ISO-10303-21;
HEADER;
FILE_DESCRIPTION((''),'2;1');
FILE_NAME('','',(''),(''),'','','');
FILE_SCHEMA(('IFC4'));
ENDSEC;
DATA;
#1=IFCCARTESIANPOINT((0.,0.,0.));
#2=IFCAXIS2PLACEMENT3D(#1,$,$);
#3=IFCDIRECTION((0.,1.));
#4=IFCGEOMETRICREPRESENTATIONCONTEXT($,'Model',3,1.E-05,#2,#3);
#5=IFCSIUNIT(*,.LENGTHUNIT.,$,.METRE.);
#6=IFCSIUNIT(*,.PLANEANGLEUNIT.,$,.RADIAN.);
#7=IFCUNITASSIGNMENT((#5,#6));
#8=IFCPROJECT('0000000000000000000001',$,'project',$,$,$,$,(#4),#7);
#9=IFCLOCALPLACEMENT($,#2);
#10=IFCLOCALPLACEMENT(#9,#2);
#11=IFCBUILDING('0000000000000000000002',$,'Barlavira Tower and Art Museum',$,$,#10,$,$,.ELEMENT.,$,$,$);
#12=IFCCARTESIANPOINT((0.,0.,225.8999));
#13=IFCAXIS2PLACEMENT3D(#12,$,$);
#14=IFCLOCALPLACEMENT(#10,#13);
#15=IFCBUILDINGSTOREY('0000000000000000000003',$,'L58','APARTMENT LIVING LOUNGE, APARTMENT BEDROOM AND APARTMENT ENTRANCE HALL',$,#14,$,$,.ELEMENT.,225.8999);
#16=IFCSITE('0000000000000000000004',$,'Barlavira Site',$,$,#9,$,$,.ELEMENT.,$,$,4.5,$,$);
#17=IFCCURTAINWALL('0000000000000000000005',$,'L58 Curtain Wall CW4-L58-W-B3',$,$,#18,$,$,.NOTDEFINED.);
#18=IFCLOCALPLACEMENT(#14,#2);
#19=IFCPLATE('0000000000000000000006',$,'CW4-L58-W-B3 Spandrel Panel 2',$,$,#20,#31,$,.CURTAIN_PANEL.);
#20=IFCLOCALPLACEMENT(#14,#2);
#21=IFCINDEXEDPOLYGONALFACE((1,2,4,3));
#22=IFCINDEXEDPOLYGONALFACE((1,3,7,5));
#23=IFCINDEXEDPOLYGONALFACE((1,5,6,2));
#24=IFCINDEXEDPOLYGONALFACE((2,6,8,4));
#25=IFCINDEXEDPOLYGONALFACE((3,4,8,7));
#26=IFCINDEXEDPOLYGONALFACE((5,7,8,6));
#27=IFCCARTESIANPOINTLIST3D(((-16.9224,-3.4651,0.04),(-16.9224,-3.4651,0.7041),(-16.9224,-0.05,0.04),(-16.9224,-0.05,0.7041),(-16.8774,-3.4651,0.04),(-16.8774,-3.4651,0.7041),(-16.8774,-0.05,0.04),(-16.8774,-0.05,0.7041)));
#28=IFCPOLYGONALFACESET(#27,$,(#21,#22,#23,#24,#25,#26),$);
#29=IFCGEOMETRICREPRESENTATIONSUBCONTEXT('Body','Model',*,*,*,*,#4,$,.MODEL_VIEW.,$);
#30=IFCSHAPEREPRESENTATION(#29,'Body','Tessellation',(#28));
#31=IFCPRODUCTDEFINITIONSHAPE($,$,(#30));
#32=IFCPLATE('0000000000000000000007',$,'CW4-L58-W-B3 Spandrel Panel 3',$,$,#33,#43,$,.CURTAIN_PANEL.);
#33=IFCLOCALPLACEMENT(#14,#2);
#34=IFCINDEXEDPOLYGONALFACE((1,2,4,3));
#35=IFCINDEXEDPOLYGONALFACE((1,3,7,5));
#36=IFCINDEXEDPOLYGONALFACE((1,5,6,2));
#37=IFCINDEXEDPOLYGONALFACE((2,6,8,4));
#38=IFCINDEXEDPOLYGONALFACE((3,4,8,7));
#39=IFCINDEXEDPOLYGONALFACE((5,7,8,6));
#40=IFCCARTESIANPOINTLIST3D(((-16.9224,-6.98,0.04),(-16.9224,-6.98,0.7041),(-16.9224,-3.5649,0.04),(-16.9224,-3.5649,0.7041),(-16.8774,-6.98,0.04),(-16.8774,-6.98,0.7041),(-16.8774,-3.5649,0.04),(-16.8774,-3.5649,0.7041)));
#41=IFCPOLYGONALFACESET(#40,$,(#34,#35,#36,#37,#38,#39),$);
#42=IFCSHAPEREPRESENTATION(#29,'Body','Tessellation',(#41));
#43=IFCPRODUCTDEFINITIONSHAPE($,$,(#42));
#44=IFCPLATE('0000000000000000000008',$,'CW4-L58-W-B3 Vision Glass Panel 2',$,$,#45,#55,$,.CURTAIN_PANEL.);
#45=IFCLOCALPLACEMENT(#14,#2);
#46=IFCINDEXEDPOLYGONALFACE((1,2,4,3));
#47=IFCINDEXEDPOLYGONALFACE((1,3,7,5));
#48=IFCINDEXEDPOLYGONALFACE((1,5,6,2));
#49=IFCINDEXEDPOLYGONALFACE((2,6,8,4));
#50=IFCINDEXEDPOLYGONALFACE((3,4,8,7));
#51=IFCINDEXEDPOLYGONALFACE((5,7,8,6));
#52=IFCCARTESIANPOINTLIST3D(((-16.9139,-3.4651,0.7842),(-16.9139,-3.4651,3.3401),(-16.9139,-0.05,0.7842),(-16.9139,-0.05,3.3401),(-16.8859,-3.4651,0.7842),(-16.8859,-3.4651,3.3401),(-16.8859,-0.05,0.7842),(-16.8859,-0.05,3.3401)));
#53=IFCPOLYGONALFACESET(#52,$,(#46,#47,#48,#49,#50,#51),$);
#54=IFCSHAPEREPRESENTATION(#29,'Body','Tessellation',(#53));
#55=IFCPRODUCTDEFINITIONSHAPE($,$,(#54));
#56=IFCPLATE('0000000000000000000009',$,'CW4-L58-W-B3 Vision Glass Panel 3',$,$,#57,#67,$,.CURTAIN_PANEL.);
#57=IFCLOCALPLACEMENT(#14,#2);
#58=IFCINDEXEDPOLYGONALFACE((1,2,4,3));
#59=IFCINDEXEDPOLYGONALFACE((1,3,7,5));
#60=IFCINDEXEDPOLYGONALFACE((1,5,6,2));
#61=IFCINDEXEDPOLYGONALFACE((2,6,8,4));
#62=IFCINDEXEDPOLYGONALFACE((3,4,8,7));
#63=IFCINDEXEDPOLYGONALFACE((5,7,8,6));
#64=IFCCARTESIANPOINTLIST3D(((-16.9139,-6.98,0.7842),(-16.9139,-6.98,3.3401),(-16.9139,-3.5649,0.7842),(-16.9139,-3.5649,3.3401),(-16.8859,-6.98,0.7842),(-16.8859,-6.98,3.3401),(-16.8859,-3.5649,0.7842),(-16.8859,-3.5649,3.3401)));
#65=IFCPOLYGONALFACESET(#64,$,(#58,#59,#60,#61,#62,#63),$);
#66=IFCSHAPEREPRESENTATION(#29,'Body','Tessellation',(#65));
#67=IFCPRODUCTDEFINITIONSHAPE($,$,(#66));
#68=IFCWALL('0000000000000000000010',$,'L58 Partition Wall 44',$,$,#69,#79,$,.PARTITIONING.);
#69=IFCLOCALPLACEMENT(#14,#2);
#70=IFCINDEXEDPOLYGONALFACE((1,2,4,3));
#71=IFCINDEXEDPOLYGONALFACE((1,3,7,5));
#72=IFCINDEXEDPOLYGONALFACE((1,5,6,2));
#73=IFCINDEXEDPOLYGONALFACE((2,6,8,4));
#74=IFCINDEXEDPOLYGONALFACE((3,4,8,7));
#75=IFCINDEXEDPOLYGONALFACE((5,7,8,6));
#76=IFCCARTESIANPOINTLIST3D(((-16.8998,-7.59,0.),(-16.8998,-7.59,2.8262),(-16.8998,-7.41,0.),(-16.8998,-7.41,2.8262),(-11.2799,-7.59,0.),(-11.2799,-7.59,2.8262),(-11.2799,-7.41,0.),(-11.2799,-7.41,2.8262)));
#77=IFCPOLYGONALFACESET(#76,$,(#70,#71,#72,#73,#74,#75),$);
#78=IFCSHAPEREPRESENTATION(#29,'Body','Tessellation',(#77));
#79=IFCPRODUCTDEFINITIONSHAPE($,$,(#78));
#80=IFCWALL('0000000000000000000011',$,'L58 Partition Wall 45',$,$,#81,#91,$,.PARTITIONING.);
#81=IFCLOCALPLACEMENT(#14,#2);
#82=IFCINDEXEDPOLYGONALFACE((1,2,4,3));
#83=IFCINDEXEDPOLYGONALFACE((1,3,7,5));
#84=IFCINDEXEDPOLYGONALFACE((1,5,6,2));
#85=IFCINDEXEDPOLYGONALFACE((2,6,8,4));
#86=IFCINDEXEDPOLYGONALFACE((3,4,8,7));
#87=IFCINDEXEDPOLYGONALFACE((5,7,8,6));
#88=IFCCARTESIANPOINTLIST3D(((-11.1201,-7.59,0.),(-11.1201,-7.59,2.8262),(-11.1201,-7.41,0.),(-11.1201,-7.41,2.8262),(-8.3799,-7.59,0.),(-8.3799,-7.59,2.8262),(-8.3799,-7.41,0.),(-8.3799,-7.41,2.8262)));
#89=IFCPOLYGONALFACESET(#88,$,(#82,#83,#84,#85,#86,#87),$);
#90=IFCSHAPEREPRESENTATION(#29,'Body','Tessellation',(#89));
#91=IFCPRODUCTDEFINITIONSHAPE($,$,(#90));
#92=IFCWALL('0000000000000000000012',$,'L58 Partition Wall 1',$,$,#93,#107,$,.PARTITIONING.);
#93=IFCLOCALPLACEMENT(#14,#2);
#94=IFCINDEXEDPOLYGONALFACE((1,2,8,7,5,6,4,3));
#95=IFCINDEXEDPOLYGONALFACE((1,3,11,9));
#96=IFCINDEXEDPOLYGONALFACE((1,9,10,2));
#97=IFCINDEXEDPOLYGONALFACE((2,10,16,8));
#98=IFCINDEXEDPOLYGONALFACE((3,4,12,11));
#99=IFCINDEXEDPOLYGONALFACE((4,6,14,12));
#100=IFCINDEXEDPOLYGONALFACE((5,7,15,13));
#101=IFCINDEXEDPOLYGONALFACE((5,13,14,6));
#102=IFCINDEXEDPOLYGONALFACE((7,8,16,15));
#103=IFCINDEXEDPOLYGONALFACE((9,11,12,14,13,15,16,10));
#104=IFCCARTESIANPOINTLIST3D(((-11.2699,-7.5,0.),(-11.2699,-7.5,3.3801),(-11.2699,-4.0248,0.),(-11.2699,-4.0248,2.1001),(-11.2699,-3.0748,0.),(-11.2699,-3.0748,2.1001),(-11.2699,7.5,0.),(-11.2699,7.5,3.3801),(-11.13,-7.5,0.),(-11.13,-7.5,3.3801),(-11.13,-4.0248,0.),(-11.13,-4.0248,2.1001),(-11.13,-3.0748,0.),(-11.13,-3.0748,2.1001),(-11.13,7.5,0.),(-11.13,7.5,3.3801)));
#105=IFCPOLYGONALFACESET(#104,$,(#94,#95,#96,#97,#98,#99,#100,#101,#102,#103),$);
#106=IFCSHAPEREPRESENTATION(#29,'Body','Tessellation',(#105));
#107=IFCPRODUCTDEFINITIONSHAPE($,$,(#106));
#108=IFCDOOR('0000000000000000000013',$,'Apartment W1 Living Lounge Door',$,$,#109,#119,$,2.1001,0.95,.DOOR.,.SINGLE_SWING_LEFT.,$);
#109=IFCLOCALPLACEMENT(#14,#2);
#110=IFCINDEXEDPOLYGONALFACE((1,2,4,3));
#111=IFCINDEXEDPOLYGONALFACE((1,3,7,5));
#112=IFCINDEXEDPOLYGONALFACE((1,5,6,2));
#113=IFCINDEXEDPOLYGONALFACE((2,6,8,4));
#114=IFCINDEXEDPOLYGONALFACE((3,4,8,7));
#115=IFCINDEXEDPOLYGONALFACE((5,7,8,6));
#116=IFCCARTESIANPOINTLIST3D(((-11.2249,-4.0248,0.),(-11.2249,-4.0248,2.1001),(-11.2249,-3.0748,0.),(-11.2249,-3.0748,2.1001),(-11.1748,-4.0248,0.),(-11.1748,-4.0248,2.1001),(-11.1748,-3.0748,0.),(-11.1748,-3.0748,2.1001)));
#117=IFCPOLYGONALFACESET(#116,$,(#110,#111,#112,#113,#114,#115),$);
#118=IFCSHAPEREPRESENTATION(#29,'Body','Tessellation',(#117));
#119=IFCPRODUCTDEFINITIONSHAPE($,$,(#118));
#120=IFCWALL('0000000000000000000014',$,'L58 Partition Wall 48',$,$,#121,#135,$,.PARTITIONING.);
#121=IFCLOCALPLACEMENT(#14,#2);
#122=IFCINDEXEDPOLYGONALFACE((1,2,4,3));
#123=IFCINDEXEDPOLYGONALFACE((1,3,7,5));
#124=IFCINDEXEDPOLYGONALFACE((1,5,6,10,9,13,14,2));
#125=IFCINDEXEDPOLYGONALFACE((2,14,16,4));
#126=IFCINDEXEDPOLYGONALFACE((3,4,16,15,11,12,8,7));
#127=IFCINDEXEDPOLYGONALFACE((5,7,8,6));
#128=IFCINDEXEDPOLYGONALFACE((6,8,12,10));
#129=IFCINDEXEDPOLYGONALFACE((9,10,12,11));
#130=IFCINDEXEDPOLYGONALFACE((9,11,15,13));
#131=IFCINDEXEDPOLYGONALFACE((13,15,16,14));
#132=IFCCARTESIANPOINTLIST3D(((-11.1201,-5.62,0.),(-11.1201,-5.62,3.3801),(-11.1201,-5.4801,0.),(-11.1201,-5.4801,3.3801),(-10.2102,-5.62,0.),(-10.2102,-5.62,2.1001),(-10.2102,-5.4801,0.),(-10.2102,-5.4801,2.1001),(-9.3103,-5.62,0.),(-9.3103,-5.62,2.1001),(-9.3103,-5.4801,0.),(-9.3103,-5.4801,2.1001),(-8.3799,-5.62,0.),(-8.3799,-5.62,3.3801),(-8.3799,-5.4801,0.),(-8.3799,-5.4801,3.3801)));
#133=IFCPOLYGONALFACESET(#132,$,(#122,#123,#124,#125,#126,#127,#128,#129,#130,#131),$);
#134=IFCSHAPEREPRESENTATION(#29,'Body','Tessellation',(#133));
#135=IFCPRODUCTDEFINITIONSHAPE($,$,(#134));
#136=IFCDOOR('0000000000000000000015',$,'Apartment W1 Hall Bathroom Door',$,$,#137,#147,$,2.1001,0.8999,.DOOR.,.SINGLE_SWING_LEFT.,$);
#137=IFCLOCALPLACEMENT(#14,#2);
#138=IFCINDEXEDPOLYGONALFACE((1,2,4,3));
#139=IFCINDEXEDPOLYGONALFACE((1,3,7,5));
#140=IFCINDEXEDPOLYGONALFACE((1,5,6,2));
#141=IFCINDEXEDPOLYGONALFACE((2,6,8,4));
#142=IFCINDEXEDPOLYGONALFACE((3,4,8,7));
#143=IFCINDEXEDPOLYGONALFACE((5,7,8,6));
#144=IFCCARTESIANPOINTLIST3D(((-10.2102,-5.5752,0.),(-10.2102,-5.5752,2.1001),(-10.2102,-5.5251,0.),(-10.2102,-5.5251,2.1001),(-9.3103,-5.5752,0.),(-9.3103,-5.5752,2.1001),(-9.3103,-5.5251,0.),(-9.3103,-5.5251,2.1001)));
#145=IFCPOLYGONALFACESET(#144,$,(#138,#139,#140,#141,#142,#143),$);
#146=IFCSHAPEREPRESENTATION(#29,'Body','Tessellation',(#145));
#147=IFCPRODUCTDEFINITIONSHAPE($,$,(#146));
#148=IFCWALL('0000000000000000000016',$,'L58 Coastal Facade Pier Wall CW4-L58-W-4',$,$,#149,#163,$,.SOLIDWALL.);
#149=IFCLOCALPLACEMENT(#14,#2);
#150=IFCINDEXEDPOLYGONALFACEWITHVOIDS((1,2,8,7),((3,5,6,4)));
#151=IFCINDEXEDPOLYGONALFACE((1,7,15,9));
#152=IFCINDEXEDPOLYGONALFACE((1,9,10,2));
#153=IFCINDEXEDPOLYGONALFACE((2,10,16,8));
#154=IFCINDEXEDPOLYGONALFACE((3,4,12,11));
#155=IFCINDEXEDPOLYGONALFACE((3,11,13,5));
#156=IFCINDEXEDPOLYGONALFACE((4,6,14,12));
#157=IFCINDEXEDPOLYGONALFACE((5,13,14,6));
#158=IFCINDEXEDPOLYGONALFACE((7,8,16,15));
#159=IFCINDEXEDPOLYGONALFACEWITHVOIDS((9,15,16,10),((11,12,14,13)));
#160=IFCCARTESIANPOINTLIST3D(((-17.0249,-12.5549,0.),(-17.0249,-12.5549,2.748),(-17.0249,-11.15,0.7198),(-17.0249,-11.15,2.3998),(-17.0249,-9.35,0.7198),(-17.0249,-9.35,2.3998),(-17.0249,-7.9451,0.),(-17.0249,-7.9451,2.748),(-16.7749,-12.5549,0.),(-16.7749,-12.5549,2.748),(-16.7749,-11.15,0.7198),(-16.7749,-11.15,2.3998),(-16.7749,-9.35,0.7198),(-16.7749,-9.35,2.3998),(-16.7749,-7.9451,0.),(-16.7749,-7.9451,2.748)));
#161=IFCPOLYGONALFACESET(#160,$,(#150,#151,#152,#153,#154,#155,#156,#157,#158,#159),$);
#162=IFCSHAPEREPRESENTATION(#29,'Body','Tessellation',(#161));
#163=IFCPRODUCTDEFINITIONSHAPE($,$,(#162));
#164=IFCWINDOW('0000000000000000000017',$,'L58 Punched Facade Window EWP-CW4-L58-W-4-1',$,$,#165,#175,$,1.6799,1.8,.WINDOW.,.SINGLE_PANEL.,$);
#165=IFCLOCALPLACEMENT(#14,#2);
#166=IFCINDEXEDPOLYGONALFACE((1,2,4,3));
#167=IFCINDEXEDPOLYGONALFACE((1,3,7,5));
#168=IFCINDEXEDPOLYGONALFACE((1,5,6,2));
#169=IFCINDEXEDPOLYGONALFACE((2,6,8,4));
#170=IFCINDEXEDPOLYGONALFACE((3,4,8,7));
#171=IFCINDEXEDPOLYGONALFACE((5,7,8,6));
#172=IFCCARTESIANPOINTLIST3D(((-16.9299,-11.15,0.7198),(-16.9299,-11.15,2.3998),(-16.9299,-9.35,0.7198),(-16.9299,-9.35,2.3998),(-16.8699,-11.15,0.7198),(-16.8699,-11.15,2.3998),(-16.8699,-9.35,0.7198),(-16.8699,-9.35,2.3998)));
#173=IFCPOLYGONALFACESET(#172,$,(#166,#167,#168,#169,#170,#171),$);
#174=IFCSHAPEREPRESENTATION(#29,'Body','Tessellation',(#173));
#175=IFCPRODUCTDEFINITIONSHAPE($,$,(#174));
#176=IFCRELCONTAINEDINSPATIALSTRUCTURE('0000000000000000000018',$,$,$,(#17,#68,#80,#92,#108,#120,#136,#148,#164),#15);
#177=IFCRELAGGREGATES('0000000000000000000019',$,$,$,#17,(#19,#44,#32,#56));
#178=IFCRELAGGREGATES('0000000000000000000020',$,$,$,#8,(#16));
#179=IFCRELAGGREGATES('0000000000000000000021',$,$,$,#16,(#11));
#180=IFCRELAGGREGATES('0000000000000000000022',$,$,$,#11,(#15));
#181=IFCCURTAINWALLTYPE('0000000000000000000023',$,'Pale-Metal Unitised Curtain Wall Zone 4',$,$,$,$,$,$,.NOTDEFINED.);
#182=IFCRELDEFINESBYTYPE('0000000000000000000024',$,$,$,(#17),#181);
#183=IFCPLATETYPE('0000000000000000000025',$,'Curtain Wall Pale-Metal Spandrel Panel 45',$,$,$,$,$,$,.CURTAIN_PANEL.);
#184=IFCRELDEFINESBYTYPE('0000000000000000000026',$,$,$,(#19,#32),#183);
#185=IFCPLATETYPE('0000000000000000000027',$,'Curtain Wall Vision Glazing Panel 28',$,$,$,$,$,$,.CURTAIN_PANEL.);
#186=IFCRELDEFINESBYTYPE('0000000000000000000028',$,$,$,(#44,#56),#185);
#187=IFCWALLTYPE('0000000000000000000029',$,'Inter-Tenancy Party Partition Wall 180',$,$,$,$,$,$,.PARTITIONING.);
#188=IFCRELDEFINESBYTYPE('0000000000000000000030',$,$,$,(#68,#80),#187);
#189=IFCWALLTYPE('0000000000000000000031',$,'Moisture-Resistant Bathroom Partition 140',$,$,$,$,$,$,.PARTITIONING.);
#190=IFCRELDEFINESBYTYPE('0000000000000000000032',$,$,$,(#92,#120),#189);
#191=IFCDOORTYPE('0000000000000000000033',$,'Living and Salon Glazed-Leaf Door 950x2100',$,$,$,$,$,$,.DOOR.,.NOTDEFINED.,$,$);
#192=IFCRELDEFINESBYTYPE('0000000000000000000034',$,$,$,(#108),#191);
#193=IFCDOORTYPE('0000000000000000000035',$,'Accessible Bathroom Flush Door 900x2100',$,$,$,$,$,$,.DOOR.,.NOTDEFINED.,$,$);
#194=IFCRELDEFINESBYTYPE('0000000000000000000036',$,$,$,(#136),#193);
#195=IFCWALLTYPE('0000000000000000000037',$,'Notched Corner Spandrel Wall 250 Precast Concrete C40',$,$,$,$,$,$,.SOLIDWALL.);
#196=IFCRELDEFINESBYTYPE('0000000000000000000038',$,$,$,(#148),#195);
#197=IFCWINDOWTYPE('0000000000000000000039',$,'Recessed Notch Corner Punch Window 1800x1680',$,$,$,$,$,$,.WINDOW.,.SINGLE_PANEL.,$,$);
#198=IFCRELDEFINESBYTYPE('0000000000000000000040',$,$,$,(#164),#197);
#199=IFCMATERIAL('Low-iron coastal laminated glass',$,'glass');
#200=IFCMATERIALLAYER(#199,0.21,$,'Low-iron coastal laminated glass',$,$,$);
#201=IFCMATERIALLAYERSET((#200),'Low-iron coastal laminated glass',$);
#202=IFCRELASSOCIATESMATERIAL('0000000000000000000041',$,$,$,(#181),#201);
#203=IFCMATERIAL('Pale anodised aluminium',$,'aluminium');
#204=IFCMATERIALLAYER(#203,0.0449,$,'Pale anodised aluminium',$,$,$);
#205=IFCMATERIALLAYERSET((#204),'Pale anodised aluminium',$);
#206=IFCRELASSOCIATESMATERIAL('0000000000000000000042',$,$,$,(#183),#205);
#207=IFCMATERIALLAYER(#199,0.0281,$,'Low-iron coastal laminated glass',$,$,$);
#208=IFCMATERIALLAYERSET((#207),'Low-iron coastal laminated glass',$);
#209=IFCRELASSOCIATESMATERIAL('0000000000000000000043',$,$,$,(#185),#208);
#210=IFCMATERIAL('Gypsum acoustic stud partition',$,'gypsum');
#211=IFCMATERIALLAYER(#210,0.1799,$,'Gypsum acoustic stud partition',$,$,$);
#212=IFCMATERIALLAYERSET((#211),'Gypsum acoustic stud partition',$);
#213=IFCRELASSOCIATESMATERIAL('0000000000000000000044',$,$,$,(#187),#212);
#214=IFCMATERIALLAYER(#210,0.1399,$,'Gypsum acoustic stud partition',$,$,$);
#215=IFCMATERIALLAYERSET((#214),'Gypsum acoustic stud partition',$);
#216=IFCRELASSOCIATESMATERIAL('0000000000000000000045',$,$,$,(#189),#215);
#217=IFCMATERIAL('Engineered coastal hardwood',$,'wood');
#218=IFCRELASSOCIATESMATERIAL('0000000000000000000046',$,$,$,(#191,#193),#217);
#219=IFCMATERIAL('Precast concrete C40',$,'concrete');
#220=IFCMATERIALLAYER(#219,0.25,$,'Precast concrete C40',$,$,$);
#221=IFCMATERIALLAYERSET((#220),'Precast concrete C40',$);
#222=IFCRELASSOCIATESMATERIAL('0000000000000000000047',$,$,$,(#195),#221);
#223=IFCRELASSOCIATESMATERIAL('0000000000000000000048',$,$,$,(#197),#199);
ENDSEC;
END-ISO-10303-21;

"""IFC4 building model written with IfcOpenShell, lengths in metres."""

from ifc_helpers import new_model, si_unit, direction, frame, frame_2d, origin, origin_2d, place, context, subcontext, project, spatial, rectangle, extrude, material, layer, layer_set, type_object, element, fill, aggregate, save


model = new_model("IFC4")

# Units and contexts
model_context = context("Model", 3, precision=1e-05, world=origin(), true_north=direction((0.0, 1.0)))
body_context = subcontext(model_context, "Body", "Model", "MODEL_VIEW")
ifc_project = project(units=[si_unit("LENGTHUNIT", "METRE"), si_unit("PLANEANGLEUNIT", "RADIAN")], contexts=[model_context])

# Site, building, storey
site_placement = place(None, origin())
site = spatial("IfcSite", under=ifc_project, at=site_placement, Name="Barlavira Site", CompositionType="ELEMENT", RefElevation=4.5)
building_placement = place(site_placement, origin())
building = spatial("IfcBuilding", under=site, at=building_placement, Name="Barlavira Tower and Art Museum", CompositionType="ELEMENT")
storey_placement = place(building_placement, frame((0.0, 0.0, 225.8999)))
storey = spatial("IfcBuildingStorey", under=building, at=storey_placement, Name="L58", Description="APARTMENT LIVING LOUNGE, APARTMENT BEDROOM AND APARTMENT ENTRANCE HALL", CompositionType="ELEMENT", Elevation=225.8999)

# Curtain wall
ifc_material_1 = material(Name="Low-iron coastal laminated glass", Category="glass")
ifc_layer_1 = layer(ifc_material_1, 0.21, Name="Low-iron coastal laminated glass")
ifc_layer_set_1 = layer_set([ifc_layer_1], Name="Low-iron coastal laminated glass")
curtain_wall_type = type_object("IfcCurtainWallType", Name="Pale-Metal Unitised Curtain Wall Zone 4", PredefinedType="NOTDEFINED", material=ifc_layer_set_1)
curtain_wall_placement = place(storey_placement, origin())
curtain_wall = element("IfcCurtainWall", 1, at=curtain_wall_placement, inside=storey, type_object=curtain_wall_type, Name="L58 Curtain Wall CW4-L58-W-B3", PredefinedType="NOTDEFINED")
ifc_material_2 = material(Name="Pale anodised aluminium", Category="aluminium")

# Plates
ifc_layer_2 = layer(ifc_material_2, 0.0449, Name="Pale anodised aluminium")
ifc_layer_set_2 = layer_set([ifc_layer_2], Name="Pale anodised aluminium")
plate_type_1 = type_object("IfcPlateType", Name="Curtain Wall Pale-Metal Spandrel Panel 45", PredefinedType="CURTAIN_PANEL", material=ifc_layer_set_2)
plate_1_placement = place(storey_placement, frame((-16.8999, -1.7576, 0.04), z_axis=(0.0, 0.0, 1.0), x_axis=(0.0, -1.0, 0.0)))
plate_1 = element("IfcPlate", 2, at=plate_1_placement, type_object=plate_type_1, Name="CW4-L58-W-B3 Spandrel Panel 2", PredefinedType="CURTAIN_PANEL", context=body_context, shape_type="SweptSolid", body=[
    extrude(rectangle(XDim=3.415, YDim=0.0449, at=origin_2d()), origin(), (0.0, 0.0, 1.0), 0.6641),
])
plate_2_placement = place(storey_placement, frame((-16.8999, -5.2725, 0.04), z_axis=(0.0, 0.0, 1.0), x_axis=(0.0, -1.0, 0.0)))
plate_2 = element("IfcPlate", 3, at=plate_2_placement, type_object=plate_type_1, Name="CW4-L58-W-B3 Spandrel Panel 3", PredefinedType="CURTAIN_PANEL", context=body_context, shape_type="SweptSolid", body=[
    extrude(rectangle(XDim=3.415, YDim=0.0449, at=origin_2d()), origin(), (0.0, 0.0, 1.0), 0.6641),
])
ifc_layer_3 = layer(ifc_material_1, 0.0281, Name="Low-iron coastal laminated glass")
ifc_layer_set_3 = layer_set([ifc_layer_3], Name="Low-iron coastal laminated glass")
plate_type_2 = type_object("IfcPlateType", Name="Curtain Wall Vision Glazing Panel 28", PredefinedType="CURTAIN_PANEL", material=ifc_layer_set_3)
plate_3_placement = place(storey_placement, frame((-16.8999, -1.7576, 0.7842), z_axis=(0.0, 0.0, 1.0), x_axis=(0.0, -1.0, 0.0)))
plate_3 = element("IfcPlate", 4, at=plate_3_placement, type_object=plate_type_2, Name="CW4-L58-W-B3 Vision Glass Panel 2", PredefinedType="CURTAIN_PANEL", context=body_context, shape_type="SweptSolid", body=[
    extrude(rectangle(XDim=3.415, YDim=0.0281, at=origin_2d()), origin(), (0.0, 0.0, 1.0), 2.5559),
])
plate_4_placement = place(storey_placement, frame((-16.8999, -5.2725, 0.7842), z_axis=(0.0, 0.0, 1.0), x_axis=(0.0, -1.0, 0.0)))
plate_4 = element("IfcPlate", 5, at=plate_4_placement, type_object=plate_type_2, Name="CW4-L58-W-B3 Vision Glass Panel 3", PredefinedType="CURTAIN_PANEL", context=body_context, shape_type="SweptSolid", body=[
    extrude(rectangle(XDim=3.415, YDim=0.0281, at=origin_2d()), origin(), (0.0, 0.0, 1.0), 2.5559),
])
aggregate(curtain_wall, [plate_1, plate_3, plate_2, plate_4])

# Walls
ifc_material_3 = material(Name="Gypsum acoustic stud partition", Category="gypsum")
ifc_layer_4 = layer(ifc_material_3, 0.1799, Name="Gypsum acoustic stud partition")
ifc_layer_set_4 = layer_set([ifc_layer_4], Name="Gypsum acoustic stud partition")
wall_type_1 = type_object("IfcWallType", Name="Inter-Tenancy Party Partition Wall 180", PredefinedType="PARTITIONING", material=ifc_layer_set_4)
wall_1_placement = place(storey_placement, frame((-16.8999, -7.5, 0.0), z_axis=(0.0, 0.0, 1.0), x_axis=(1.0, 0.0, 0.0)))
element("IfcWall", 6, at=wall_1_placement, inside=storey, type_object=wall_type_1, Name="L58 Partition Wall 44", PredefinedType="PARTITIONING", context=body_context, shape_type="SweptSolid", body=[
    extrude(rectangle(XDim=5.6199, YDim=0.1799, at=frame_2d((2.8101, 0.0))), origin(), (0.0, 0.0, 1.0), 2.8262),
])
wall_2_placement = place(storey_placement, frame((-11.1201, -7.5, 0.0), z_axis=(0.0, 0.0, 1.0), x_axis=(1.0, 0.0, 0.0)))
element("IfcWall", 7, at=wall_2_placement, inside=storey, type_object=wall_type_1, Name="L58 Partition Wall 45", PredefinedType="PARTITIONING", context=body_context, shape_type="SweptSolid", body=[
    extrude(rectangle(XDim=2.7402, YDim=0.1799, at=frame_2d((1.3701, 0.0))), origin(), (0.0, 0.0, 1.0), 2.8262),
])

# Walls, openings, doors
ifc_layer_5 = layer(ifc_material_3, 0.1399, Name="Gypsum acoustic stud partition")
ifc_layer_set_5 = layer_set([ifc_layer_5], Name="Gypsum acoustic stud partition")
wall_type_2 = type_object("IfcWallType", Name="Moisture-Resistant Bathroom Partition 140", PredefinedType="PARTITIONING", material=ifc_layer_set_5)
wall_3_placement = place(storey_placement, frame((-11.2, -7.5, 0.0), z_axis=(0.0, 0.0, 1.0), x_axis=(0.0, 1.0, 0.0)))
wall_3 = element("IfcWall", 8, at=wall_3_placement, inside=storey, type_object=wall_type_2, Name="L58 Partition Wall 1", PredefinedType="PARTITIONING", context=body_context, shape_type="SweptSolid", body=[
    extrude(rectangle(XDim=15.0, YDim=0.1399, at=frame_2d((7.5, 0.0))), origin(), (0.0, 0.0, 1.0), 3.3801),
])
opening_1_placement = place(wall_3_placement, frame((3.4751, 0.0, 0.0)))
opening_1 = element("IfcOpeningElement", 9, at=opening_1_placement, cuts=wall_3, PredefinedType="OPENING", context=body_context, shape_type="SweptSolid", body=[
    extrude(rectangle(XDim=0.95, YDim=2.1001, at=frame_2d((0.4751, 1.05))), frame((0.0, 0.0801, 0.0), z_axis=(0.0, -1.0, 0.0), x_axis=(1.0, 0.0, 0.0)), (0.0, 0.0, 1.0), 0.1599),
])
ifc_material_4 = material(Name="Engineered coastal hardwood", Category="wood")
door_type_1 = type_object("IfcDoorType", Name="Living and Salon Glazed-Leaf Door 950x2100", OperationType="NOTDEFINED", PredefinedType="DOOR", material=ifc_material_4)
door_1_placement = place(opening_1_placement, origin())
door_1 = element("IfcDoor", 10, at=door_1_placement, inside=storey, type_object=door_type_1, Name="Apartment W1 Living Lounge Door", OperationType="SINGLE_SWING_LEFT", OverallHeight=2.1001, OverallWidth=0.95, PredefinedType="DOOR", context=body_context, shape_type="SweptSolid", body=[
    extrude(rectangle(XDim=0.95, YDim=2.1001, at=frame_2d((0.4751, 1.05))), frame((0.0, 0.0249, 0.0), z_axis=(0.0, -1.0, 0.0), x_axis=(1.0, 0.0, 0.0)), (0.0, 0.0, 1.0), 0.05),
])
fill(opening_1, door_1)
wall_4_placement = place(storey_placement, frame((-11.1201, -5.55, 0.0), z_axis=(0.0, 0.0, 1.0), x_axis=(1.0, 0.0, 0.0)))
wall_4 = element("IfcWall", 11, at=wall_4_placement, inside=storey, type_object=wall_type_2, Name="L58 Partition Wall 48", PredefinedType="PARTITIONING", context=body_context, shape_type="SweptSolid", body=[
    extrude(rectangle(XDim=2.7402, YDim=0.1399, at=frame_2d((1.3701, 0.0))), origin(), (0.0, 0.0, 1.0), 3.3801),
])
opening_2_placement = place(wall_4_placement, frame((0.9099, 0.0, 0.0)))
opening_2 = element("IfcOpeningElement", 12, at=opening_2_placement, cuts=wall_4, PredefinedType="OPENING", context=body_context, shape_type="SweptSolid", body=[
    extrude(rectangle(XDim=0.8999, YDim=2.1001, at=frame_2d((0.45, 1.05))), frame((0.0, 0.0801, 0.0), z_axis=(0.0, -1.0, 0.0), x_axis=(1.0, 0.0, 0.0)), (0.0, 0.0, 1.0), 0.1599),
])
door_type_2 = type_object("IfcDoorType", Name="Accessible Bathroom Flush Door 900x2100", OperationType="NOTDEFINED", PredefinedType="DOOR", material=ifc_material_4)
door_2_placement = place(opening_2_placement, origin())
door_2 = element("IfcDoor", 13, at=door_2_placement, inside=storey, type_object=door_type_2, Name="Apartment W1 Hall Bathroom Door", OperationType="SINGLE_SWING_LEFT", OverallHeight=2.1001, OverallWidth=0.8999, PredefinedType="DOOR", context=body_context, shape_type="SweptSolid", body=[
    extrude(rectangle(XDim=0.8999, YDim=2.1001, at=frame_2d((0.45, 1.05))), frame((0.0, 0.0249, 0.0), z_axis=(0.0, -1.0, 0.0), x_axis=(1.0, 0.0, 0.0)), (0.0, 0.0, 1.0), 0.05),
])
fill(opening_2, door_2)

# Wall, opening, window
ifc_material_5 = material(Name="Precast concrete C40", Category="concrete")
ifc_layer_6 = layer(ifc_material_5, 0.25, Name="Precast concrete C40")
ifc_layer_set_6 = layer_set([ifc_layer_6], Name="Precast concrete C40")
wall_type_3 = type_object("IfcWallType", Name="Notched Corner Spandrel Wall 250 Precast Concrete C40", PredefinedType="SOLIDWALL", material=ifc_layer_set_6)
wall_5_placement = place(storey_placement, frame((-16.8999, -7.9451, 0.0), z_axis=(0.0, 0.0, 1.0), x_axis=(0.0, -1.0, 0.0)))
wall_5 = element("IfcWall", 14, at=wall_5_placement, inside=storey, type_object=wall_type_3, Name="L58 Coastal Facade Pier Wall CW4-L58-W-4", PredefinedType="SOLIDWALL", context=body_context, shape_type="SweptSolid", body=[
    extrude(rectangle(XDim=4.6099, YDim=0.25, at=frame_2d((2.3049, 0.0))), origin(), (0.0, 0.0, 1.0), 2.748),
])
opening_3_placement = place(wall_5_placement, frame((1.405, 0.0, 0.72)))
opening_3 = element("IfcOpeningElement", 15, at=opening_3_placement, cuts=wall_5, PredefinedType="OPENING", context=body_context, shape_type="SweptSolid", body=[
    extrude(rectangle(XDim=1.8, YDim=1.6799, at=frame_2d((0.8999, 0.8398))), frame((0.0, 0.135, 0.0), z_axis=(0.0, -1.0, 0.0), x_axis=(1.0, 0.0, 0.0)), (0.0, 0.0, 1.0), 0.27),
])
window_type = type_object("IfcWindowType", Name="Recessed Notch Corner Punch Window 1800x1680", PartitioningType="SINGLE_PANEL", PredefinedType="WINDOW", material=ifc_material_1)
window_placement = place(opening_3_placement, origin())
window = element("IfcWindow", 16, at=window_placement, inside=storey, type_object=window_type, Name="L58 Punched Facade Window EWP-CW4-L58-W-4-1", OverallHeight=1.6799, OverallWidth=1.8, PartitioningType="SINGLE_PANEL", PredefinedType="WINDOW", context=body_context, shape_type="SweptSolid", body=[
    extrude(rectangle(XDim=1.8, YDim=1.6799, at=frame_2d((0.8999, 0.8398))), frame((0.0, 0.03, 0.0), z_axis=(0.0, -1.0, 0.0), x_axis=(1.0, 0.0, 0.0)), (0.0, 0.0, 1.0), 0.0601),
])
fill(opening_3, window)

save(model, "model.ifc")
